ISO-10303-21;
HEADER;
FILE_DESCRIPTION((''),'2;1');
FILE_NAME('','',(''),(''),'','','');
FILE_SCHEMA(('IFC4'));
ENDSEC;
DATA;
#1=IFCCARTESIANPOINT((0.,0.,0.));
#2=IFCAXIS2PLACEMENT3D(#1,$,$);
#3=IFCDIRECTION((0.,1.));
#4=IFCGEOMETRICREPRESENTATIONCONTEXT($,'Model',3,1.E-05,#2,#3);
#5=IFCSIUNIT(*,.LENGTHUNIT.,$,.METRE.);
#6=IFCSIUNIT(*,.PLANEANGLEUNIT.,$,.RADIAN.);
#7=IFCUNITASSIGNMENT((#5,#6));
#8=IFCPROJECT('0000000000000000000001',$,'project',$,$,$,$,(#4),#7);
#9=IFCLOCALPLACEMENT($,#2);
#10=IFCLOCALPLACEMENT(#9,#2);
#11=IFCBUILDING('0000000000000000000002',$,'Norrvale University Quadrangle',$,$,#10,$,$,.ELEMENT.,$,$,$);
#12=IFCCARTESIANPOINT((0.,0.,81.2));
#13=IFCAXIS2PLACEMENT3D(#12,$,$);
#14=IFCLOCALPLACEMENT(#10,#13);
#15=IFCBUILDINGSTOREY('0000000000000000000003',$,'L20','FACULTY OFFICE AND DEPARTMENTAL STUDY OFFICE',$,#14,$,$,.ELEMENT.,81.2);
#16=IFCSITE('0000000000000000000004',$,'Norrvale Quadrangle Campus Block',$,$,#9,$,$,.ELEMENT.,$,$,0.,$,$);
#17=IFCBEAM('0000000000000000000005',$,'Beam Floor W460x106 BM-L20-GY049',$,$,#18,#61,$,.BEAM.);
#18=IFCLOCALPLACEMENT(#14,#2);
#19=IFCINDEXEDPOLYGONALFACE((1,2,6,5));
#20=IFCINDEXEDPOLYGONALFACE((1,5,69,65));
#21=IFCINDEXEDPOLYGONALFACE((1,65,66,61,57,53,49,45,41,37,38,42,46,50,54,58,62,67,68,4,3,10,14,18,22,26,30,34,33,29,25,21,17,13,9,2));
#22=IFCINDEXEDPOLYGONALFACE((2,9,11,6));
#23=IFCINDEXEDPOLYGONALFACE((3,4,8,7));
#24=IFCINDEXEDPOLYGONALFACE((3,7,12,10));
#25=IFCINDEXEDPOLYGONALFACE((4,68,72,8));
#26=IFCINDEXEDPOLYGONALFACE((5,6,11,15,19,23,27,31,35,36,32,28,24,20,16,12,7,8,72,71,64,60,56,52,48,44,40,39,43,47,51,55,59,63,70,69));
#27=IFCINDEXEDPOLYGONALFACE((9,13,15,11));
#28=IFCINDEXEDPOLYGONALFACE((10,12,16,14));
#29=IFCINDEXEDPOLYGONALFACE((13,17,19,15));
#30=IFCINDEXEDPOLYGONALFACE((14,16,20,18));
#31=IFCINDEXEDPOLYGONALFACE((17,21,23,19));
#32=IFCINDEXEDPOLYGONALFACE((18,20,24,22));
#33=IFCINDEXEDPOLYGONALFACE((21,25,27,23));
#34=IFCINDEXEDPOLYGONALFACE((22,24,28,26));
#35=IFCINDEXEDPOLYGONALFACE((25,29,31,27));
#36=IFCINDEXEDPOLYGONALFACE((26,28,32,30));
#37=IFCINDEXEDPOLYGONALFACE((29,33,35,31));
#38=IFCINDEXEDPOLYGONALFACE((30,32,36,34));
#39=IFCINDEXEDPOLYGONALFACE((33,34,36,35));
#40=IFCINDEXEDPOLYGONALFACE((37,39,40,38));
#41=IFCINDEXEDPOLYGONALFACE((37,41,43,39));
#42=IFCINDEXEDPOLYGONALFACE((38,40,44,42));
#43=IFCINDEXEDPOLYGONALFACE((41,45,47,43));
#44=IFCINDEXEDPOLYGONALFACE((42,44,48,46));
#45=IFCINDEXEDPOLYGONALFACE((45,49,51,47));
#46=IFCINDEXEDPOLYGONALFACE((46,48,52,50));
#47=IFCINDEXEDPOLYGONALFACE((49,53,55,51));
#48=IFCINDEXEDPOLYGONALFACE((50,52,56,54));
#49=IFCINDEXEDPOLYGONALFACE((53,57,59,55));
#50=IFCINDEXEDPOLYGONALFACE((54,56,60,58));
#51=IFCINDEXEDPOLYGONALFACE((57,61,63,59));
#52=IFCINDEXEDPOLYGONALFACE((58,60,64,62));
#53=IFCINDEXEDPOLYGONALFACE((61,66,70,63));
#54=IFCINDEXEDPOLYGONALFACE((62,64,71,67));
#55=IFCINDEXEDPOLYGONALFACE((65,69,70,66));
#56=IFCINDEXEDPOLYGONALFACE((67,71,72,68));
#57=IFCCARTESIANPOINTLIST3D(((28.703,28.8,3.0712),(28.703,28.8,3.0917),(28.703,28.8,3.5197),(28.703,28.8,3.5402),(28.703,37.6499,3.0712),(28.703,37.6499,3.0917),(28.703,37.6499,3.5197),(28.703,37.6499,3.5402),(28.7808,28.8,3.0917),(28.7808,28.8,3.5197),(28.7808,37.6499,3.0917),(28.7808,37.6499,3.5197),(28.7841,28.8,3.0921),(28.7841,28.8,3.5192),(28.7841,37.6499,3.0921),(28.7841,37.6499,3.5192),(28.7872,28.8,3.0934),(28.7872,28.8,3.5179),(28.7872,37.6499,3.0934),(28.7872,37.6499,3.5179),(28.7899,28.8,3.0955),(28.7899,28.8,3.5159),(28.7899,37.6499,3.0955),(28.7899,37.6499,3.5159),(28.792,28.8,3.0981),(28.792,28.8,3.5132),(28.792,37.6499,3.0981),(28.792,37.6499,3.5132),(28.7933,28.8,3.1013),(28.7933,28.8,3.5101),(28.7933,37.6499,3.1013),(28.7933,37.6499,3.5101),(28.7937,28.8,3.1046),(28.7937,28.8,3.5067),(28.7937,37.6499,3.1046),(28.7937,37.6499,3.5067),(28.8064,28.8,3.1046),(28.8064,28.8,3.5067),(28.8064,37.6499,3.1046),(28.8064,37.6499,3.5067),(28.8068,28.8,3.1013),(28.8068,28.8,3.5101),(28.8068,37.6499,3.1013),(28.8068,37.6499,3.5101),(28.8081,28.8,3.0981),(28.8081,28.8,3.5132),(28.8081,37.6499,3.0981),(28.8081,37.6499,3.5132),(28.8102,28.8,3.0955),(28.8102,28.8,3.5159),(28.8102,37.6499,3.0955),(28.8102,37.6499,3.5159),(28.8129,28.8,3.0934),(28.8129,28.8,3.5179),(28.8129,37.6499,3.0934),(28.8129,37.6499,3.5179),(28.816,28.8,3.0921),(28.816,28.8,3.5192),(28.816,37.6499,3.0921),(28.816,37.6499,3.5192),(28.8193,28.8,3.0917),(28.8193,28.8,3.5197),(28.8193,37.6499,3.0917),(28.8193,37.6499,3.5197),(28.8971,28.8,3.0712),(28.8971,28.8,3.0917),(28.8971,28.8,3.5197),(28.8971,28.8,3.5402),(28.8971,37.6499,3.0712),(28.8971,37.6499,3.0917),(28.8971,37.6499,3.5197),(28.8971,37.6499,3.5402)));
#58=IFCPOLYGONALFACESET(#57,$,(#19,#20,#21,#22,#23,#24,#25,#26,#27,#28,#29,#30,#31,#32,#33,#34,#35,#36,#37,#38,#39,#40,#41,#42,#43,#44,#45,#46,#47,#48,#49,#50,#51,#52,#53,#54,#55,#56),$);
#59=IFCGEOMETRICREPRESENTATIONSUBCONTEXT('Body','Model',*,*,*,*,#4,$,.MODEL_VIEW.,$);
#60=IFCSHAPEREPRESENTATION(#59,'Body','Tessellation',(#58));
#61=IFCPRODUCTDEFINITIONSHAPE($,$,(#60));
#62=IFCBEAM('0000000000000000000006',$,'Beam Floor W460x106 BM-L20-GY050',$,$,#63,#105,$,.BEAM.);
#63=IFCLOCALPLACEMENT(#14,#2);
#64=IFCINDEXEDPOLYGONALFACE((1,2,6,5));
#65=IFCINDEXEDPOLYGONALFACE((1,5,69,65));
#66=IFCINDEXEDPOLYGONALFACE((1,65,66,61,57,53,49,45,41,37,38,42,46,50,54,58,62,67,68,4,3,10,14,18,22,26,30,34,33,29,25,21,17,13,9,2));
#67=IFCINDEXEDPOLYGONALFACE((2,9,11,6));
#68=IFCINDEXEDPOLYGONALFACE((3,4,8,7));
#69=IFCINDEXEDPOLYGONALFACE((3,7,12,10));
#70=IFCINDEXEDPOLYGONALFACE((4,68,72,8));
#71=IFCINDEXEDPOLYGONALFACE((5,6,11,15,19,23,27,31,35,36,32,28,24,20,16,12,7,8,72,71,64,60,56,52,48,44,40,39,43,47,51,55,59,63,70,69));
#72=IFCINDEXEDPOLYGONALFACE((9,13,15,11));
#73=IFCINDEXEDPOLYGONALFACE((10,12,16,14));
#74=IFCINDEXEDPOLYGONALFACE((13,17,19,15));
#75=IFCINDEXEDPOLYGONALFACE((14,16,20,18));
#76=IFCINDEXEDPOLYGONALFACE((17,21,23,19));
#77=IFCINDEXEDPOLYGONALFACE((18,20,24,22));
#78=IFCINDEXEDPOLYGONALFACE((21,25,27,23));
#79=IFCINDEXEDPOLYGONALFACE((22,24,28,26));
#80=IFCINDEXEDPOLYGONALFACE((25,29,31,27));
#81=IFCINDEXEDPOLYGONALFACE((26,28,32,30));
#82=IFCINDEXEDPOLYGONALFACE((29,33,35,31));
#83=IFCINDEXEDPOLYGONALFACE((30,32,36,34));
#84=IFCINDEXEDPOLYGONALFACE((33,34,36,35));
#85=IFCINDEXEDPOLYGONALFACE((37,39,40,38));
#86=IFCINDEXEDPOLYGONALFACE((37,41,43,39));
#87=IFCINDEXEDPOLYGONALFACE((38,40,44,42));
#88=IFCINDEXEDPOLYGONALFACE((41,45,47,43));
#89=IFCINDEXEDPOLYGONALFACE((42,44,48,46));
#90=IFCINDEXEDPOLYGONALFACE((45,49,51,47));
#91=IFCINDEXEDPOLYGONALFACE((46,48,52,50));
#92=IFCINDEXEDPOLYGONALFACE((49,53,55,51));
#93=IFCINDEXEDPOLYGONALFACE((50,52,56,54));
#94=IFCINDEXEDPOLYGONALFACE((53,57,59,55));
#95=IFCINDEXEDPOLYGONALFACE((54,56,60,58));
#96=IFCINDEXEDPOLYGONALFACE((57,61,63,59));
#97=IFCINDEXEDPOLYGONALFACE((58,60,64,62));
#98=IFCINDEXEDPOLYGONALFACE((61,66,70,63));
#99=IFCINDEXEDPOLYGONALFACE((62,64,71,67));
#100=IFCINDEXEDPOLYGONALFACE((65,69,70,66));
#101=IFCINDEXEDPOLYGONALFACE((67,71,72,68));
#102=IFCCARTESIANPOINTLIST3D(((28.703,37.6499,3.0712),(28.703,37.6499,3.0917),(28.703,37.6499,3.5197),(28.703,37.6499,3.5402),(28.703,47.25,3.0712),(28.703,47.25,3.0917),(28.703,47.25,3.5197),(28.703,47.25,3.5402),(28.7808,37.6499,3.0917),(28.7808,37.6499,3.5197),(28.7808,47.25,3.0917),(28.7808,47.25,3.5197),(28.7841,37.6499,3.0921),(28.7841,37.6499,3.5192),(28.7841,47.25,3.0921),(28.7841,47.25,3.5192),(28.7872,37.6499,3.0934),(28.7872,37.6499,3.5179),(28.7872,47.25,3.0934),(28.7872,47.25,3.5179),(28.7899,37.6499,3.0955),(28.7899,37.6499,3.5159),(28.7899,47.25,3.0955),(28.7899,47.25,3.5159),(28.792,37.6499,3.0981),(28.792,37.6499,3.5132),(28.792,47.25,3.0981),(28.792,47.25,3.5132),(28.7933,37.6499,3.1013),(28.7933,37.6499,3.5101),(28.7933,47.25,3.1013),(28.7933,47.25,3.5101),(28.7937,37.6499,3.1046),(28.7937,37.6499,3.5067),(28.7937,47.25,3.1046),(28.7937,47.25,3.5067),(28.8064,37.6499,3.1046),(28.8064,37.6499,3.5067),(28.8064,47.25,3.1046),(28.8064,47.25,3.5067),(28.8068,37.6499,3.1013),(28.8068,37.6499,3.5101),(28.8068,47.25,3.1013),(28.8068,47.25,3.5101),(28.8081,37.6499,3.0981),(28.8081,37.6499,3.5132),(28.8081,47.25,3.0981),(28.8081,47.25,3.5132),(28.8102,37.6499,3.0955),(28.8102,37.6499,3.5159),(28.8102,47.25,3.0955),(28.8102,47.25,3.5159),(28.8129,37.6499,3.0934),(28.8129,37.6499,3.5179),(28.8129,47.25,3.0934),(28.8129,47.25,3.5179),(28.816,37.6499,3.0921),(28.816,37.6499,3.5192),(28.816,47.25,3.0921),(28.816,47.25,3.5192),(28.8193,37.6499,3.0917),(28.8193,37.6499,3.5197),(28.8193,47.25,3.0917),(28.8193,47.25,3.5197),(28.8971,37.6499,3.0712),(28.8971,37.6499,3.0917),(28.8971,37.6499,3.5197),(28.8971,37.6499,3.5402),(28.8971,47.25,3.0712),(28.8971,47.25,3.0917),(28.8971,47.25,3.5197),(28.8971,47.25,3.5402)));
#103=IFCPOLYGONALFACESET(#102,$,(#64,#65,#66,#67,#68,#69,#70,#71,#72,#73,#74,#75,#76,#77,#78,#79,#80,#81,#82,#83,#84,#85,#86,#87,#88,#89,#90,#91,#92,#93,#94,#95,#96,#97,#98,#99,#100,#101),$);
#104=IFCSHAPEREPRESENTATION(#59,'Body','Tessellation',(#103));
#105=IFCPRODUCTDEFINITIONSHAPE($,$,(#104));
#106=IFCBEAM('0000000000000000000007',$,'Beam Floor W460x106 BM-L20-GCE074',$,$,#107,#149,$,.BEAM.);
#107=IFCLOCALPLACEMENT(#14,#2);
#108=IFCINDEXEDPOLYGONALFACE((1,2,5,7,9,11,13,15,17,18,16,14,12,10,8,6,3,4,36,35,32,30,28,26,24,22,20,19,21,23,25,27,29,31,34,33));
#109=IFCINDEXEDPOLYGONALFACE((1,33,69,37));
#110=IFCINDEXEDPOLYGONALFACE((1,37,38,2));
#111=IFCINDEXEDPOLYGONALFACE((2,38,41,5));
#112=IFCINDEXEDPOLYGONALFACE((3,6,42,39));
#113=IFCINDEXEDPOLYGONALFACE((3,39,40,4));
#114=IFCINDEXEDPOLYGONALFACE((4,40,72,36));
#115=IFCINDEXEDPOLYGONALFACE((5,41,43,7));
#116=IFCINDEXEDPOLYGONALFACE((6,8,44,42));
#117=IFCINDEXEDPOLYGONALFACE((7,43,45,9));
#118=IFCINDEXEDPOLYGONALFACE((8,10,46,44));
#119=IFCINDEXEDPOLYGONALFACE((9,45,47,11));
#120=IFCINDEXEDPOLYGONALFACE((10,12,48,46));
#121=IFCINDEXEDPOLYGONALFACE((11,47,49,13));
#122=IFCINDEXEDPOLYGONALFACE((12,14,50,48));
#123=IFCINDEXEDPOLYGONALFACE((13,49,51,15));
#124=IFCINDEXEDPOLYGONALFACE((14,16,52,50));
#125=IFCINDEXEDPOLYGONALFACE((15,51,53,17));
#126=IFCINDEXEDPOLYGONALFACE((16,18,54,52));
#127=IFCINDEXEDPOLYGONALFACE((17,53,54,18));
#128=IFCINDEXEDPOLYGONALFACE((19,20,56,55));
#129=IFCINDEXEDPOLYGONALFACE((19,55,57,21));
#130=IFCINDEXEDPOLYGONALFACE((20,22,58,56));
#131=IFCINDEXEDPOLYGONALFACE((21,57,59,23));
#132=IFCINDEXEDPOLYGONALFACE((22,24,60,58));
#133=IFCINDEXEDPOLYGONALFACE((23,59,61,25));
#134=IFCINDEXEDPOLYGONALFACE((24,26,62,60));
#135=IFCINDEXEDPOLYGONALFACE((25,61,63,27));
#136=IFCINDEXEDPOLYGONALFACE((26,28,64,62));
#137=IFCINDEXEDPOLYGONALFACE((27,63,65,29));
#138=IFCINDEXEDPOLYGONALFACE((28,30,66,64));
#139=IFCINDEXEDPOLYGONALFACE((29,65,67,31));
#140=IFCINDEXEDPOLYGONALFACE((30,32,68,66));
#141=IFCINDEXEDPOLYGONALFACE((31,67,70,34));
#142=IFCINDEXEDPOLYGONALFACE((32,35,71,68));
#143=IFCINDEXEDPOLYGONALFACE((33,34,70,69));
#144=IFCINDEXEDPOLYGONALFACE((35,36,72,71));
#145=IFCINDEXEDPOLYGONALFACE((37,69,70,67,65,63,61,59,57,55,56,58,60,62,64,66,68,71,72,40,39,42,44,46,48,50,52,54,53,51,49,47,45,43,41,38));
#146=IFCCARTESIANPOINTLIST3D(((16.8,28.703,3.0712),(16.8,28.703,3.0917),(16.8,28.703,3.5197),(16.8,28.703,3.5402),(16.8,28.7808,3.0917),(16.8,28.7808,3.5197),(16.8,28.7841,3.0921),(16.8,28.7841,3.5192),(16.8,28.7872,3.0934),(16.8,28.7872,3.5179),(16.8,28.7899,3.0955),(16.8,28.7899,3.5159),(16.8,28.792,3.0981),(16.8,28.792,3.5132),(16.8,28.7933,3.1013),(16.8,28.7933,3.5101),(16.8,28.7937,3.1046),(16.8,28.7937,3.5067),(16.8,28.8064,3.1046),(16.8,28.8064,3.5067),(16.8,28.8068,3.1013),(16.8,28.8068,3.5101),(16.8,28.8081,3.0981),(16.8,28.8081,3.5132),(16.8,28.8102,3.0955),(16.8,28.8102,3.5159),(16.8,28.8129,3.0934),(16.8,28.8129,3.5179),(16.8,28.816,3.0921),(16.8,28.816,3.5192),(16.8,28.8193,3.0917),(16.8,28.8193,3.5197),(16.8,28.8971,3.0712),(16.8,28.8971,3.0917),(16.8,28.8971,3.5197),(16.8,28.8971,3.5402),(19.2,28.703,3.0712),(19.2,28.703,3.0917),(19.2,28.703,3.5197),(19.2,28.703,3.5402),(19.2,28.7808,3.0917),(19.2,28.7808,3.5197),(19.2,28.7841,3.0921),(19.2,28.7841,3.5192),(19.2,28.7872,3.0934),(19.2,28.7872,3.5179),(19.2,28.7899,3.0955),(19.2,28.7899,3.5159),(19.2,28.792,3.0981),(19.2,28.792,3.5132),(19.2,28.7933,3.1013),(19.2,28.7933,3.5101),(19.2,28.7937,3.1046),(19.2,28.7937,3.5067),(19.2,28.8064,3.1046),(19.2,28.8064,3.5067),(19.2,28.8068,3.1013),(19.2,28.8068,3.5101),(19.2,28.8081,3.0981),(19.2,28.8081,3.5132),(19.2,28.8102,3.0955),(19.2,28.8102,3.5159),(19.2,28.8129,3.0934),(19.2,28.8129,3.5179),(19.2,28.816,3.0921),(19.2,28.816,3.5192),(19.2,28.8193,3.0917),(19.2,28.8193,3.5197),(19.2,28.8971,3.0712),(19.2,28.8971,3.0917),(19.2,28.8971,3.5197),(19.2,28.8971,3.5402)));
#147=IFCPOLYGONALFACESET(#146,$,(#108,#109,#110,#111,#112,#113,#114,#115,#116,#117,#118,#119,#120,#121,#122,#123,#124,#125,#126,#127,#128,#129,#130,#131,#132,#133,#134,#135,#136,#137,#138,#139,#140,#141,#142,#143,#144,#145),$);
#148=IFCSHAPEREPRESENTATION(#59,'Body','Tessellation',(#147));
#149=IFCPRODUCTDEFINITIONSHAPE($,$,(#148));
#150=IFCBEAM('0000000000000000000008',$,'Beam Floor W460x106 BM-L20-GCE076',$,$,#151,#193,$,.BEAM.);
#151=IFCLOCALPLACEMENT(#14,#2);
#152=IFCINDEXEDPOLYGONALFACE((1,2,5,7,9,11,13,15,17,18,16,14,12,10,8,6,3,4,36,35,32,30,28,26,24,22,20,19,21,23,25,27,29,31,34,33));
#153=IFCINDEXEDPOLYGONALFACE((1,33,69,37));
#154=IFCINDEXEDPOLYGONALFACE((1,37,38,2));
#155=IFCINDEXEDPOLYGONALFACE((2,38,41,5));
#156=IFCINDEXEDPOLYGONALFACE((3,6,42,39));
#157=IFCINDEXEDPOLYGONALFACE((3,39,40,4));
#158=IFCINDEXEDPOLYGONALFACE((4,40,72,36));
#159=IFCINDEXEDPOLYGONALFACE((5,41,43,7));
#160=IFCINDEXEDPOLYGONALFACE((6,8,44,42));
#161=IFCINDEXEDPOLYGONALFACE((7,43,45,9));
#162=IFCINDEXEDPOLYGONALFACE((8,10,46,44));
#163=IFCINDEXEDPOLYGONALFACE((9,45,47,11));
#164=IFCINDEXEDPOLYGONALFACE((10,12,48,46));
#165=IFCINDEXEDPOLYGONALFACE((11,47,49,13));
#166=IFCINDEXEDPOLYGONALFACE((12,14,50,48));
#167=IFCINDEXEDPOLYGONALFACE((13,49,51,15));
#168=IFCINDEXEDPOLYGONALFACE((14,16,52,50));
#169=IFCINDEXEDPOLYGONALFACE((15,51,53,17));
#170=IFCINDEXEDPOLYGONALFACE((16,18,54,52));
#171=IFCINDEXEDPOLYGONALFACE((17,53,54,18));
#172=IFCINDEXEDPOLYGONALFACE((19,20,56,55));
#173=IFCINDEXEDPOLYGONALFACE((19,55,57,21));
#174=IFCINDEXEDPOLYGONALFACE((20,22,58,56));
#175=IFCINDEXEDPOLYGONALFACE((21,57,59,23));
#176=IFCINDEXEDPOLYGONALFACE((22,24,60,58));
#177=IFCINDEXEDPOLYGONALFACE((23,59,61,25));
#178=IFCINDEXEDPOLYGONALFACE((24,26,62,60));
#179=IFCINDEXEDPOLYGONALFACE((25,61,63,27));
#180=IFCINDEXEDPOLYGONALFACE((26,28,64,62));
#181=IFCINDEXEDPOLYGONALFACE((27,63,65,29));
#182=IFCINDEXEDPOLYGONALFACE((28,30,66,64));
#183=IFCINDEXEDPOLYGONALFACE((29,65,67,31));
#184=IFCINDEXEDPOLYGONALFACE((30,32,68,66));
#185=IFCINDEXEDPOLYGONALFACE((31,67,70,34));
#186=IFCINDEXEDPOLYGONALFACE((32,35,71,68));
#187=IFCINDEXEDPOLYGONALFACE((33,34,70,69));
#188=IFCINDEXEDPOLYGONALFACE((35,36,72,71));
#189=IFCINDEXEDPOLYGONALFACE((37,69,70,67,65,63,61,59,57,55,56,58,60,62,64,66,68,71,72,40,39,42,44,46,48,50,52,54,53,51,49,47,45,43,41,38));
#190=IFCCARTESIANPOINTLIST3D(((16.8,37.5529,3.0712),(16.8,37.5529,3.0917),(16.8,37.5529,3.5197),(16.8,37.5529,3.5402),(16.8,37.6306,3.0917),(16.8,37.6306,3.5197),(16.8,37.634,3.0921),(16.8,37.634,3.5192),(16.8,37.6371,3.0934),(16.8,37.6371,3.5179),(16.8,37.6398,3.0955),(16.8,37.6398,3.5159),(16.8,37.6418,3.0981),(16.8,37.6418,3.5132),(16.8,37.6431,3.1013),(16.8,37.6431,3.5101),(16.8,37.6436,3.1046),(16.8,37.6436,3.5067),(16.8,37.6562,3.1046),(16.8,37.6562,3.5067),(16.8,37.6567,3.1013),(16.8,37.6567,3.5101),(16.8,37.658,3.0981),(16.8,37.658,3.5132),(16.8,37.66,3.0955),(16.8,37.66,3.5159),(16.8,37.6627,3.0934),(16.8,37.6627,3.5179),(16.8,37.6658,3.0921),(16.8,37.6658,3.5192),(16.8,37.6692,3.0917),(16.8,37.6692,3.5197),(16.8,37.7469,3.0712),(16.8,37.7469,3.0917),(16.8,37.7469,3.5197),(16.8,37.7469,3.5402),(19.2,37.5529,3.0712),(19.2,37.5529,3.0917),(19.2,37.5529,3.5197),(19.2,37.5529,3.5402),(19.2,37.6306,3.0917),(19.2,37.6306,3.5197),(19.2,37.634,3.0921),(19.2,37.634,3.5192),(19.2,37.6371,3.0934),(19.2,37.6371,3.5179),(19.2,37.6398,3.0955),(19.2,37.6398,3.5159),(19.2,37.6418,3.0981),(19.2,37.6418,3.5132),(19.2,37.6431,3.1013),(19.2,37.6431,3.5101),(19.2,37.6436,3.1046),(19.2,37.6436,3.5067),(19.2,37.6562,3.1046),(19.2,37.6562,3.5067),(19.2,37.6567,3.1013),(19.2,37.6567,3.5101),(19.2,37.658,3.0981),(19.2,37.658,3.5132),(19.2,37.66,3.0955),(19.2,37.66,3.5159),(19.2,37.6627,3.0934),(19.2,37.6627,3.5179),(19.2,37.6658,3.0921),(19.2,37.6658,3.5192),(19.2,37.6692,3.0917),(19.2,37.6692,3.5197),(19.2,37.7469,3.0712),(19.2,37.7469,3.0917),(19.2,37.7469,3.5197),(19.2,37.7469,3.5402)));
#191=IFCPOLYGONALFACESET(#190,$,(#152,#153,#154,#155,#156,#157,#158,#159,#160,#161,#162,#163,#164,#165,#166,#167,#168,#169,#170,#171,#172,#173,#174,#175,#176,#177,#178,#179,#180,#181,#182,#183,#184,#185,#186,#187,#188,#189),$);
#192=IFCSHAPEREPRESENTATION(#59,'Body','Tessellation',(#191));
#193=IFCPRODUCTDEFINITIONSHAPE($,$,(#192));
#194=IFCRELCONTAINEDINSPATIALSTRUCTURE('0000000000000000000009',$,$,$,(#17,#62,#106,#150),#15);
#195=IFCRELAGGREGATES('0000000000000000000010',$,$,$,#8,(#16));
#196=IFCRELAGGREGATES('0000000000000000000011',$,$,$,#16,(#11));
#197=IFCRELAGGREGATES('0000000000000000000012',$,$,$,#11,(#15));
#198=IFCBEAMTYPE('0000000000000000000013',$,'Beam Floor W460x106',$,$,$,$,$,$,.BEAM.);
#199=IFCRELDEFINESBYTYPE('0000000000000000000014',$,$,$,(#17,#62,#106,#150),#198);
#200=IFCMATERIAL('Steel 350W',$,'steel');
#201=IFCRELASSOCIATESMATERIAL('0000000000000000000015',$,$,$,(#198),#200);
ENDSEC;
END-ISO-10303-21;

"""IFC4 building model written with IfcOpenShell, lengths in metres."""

from ifc_helpers import new_model, si_unit, direction, frame, origin, origin_2d, place, context, subcontext, project, spatial, i_section, extrude, material, material_profile, profile_set, type_object, element, save


model = new_model("IFC4")

# Units and contexts
model_context = context("Model", 3, precision=1e-05, world=origin(), true_north=direction((0.0, 1.0)))
body_context = subcontext(model_context, "Body", "Model", "MODEL_VIEW")
ifc_project = project(units=[si_unit("LENGTHUNIT", "METRE"), si_unit("PLANEANGLEUNIT", "RADIAN")], contexts=[model_context])

# Site, building, storey
site_placement = place(None, origin())
site = spatial("IfcSite", under=ifc_project, at=site_placement, Name="Norrvale Quadrangle Campus Block", CompositionType="ELEMENT", RefElevation=0.0)
building_placement = place(site_placement, origin())
building = spatial("IfcBuilding", under=site, at=building_placement, Name="Norrvale University Quadrangle", CompositionType="ELEMENT")
storey_placement = place(building_placement, frame((0.0, 0.0, 81.2)))
storey = spatial("IfcBuildingStorey", under=building, at=storey_placement, Name="L20", Description="FACULTY OFFICE AND DEPARTMENTAL STUDY OFFICE", CompositionType="ELEMENT", Elevation=81.2)

# Beams
ifc_material_1 = material(Name="Steel 350W", Category="steel")
ifc_material_profile_1 = material_profile(ifc_material_1, i_section(OverallWidth=0.1941, OverallDepth=0.469, WebThickness=0.0127, FlangeThickness=0.0205, FilletRadius=0.0129, at=origin_2d()), Name="Steel 350W")
ifc_profile_set_1 = profile_set([ifc_material_profile_1], Name="Steel 350W")
beam_type_1 = type_object("IfcBeamType", Name="Beam Floor W460x106", PredefinedType="BEAM", material=ifc_profile_set_1)
beam_1_placement = place(storey_placement, frame((28.8, 28.8, 3.3057), z_axis=(0.0, 1.0, 0.0), x_axis=(-1.0, 0.0, 0.0)))
element("IfcBeam", 1, at=beam_1_placement, inside=storey, type_object=beam_type_1, Name="Beam Floor W460x106 BM-L20-GY049", PredefinedType="BEAM", context=body_context, shape_type="SweptSolid", body=[
    extrude(i_section(OverallWidth=0.1941, OverallDepth=0.469, WebThickness=0.0127, FlangeThickness=0.0205, FilletRadius=0.0129, at=origin_2d()), origin(), (0.0, 0.0, 1.0), 8.8499),
])
beam_2_placement = place(storey_placement, frame((28.8, 37.6499, 3.3057), z_axis=(0.0, 1.0, 0.0), x_axis=(-1.0, 0.0, 0.0)))
element("IfcBeam", 2, at=beam_2_placement, inside=storey, type_object=beam_type_1, Name="Beam Floor W460x106 BM-L20-GY050", PredefinedType="BEAM", context=body_context, shape_type="SweptSolid", body=[
    extrude(i_section(OverallWidth=0.1941, OverallDepth=0.469, WebThickness=0.0127, FlangeThickness=0.0205, FilletRadius=0.0129, at=origin_2d()), origin(), (0.0, 0.0, 1.0), 9.6001),
])
for number, where, z_axis, x_axis, name in (
    (3, (16.8, 28.8, 3.3057), (1.0, 0.0, 0.0), (0.0, 1.0, 0.0), "Beam Floor W460x106 BM-L20-GCE074"),
    (4, (16.8, 37.6499, 3.3057), (1.0, 0.0, 0.0), (0.0, 1.0, 0.0), "Beam Floor W460x106 BM-L20-GCE076"),
):
    element("IfcBeam", number, at=place(storey_placement, frame(where, z_axis=z_axis, x_axis=x_axis)), inside=storey, type_object=beam_type_1, Name=name, PredefinedType="BEAM", context=body_context, shape_type="SweptSolid", body=[
        extrude(i_section(OverallWidth=0.1941, OverallDepth=0.469, WebThickness=0.0127, FlangeThickness=0.0205, FilletRadius=0.0129, at=origin_2d()), origin(), (0.0, 0.0, 1.0), 2.3999),
    ])

save(model, "model.ifc")
